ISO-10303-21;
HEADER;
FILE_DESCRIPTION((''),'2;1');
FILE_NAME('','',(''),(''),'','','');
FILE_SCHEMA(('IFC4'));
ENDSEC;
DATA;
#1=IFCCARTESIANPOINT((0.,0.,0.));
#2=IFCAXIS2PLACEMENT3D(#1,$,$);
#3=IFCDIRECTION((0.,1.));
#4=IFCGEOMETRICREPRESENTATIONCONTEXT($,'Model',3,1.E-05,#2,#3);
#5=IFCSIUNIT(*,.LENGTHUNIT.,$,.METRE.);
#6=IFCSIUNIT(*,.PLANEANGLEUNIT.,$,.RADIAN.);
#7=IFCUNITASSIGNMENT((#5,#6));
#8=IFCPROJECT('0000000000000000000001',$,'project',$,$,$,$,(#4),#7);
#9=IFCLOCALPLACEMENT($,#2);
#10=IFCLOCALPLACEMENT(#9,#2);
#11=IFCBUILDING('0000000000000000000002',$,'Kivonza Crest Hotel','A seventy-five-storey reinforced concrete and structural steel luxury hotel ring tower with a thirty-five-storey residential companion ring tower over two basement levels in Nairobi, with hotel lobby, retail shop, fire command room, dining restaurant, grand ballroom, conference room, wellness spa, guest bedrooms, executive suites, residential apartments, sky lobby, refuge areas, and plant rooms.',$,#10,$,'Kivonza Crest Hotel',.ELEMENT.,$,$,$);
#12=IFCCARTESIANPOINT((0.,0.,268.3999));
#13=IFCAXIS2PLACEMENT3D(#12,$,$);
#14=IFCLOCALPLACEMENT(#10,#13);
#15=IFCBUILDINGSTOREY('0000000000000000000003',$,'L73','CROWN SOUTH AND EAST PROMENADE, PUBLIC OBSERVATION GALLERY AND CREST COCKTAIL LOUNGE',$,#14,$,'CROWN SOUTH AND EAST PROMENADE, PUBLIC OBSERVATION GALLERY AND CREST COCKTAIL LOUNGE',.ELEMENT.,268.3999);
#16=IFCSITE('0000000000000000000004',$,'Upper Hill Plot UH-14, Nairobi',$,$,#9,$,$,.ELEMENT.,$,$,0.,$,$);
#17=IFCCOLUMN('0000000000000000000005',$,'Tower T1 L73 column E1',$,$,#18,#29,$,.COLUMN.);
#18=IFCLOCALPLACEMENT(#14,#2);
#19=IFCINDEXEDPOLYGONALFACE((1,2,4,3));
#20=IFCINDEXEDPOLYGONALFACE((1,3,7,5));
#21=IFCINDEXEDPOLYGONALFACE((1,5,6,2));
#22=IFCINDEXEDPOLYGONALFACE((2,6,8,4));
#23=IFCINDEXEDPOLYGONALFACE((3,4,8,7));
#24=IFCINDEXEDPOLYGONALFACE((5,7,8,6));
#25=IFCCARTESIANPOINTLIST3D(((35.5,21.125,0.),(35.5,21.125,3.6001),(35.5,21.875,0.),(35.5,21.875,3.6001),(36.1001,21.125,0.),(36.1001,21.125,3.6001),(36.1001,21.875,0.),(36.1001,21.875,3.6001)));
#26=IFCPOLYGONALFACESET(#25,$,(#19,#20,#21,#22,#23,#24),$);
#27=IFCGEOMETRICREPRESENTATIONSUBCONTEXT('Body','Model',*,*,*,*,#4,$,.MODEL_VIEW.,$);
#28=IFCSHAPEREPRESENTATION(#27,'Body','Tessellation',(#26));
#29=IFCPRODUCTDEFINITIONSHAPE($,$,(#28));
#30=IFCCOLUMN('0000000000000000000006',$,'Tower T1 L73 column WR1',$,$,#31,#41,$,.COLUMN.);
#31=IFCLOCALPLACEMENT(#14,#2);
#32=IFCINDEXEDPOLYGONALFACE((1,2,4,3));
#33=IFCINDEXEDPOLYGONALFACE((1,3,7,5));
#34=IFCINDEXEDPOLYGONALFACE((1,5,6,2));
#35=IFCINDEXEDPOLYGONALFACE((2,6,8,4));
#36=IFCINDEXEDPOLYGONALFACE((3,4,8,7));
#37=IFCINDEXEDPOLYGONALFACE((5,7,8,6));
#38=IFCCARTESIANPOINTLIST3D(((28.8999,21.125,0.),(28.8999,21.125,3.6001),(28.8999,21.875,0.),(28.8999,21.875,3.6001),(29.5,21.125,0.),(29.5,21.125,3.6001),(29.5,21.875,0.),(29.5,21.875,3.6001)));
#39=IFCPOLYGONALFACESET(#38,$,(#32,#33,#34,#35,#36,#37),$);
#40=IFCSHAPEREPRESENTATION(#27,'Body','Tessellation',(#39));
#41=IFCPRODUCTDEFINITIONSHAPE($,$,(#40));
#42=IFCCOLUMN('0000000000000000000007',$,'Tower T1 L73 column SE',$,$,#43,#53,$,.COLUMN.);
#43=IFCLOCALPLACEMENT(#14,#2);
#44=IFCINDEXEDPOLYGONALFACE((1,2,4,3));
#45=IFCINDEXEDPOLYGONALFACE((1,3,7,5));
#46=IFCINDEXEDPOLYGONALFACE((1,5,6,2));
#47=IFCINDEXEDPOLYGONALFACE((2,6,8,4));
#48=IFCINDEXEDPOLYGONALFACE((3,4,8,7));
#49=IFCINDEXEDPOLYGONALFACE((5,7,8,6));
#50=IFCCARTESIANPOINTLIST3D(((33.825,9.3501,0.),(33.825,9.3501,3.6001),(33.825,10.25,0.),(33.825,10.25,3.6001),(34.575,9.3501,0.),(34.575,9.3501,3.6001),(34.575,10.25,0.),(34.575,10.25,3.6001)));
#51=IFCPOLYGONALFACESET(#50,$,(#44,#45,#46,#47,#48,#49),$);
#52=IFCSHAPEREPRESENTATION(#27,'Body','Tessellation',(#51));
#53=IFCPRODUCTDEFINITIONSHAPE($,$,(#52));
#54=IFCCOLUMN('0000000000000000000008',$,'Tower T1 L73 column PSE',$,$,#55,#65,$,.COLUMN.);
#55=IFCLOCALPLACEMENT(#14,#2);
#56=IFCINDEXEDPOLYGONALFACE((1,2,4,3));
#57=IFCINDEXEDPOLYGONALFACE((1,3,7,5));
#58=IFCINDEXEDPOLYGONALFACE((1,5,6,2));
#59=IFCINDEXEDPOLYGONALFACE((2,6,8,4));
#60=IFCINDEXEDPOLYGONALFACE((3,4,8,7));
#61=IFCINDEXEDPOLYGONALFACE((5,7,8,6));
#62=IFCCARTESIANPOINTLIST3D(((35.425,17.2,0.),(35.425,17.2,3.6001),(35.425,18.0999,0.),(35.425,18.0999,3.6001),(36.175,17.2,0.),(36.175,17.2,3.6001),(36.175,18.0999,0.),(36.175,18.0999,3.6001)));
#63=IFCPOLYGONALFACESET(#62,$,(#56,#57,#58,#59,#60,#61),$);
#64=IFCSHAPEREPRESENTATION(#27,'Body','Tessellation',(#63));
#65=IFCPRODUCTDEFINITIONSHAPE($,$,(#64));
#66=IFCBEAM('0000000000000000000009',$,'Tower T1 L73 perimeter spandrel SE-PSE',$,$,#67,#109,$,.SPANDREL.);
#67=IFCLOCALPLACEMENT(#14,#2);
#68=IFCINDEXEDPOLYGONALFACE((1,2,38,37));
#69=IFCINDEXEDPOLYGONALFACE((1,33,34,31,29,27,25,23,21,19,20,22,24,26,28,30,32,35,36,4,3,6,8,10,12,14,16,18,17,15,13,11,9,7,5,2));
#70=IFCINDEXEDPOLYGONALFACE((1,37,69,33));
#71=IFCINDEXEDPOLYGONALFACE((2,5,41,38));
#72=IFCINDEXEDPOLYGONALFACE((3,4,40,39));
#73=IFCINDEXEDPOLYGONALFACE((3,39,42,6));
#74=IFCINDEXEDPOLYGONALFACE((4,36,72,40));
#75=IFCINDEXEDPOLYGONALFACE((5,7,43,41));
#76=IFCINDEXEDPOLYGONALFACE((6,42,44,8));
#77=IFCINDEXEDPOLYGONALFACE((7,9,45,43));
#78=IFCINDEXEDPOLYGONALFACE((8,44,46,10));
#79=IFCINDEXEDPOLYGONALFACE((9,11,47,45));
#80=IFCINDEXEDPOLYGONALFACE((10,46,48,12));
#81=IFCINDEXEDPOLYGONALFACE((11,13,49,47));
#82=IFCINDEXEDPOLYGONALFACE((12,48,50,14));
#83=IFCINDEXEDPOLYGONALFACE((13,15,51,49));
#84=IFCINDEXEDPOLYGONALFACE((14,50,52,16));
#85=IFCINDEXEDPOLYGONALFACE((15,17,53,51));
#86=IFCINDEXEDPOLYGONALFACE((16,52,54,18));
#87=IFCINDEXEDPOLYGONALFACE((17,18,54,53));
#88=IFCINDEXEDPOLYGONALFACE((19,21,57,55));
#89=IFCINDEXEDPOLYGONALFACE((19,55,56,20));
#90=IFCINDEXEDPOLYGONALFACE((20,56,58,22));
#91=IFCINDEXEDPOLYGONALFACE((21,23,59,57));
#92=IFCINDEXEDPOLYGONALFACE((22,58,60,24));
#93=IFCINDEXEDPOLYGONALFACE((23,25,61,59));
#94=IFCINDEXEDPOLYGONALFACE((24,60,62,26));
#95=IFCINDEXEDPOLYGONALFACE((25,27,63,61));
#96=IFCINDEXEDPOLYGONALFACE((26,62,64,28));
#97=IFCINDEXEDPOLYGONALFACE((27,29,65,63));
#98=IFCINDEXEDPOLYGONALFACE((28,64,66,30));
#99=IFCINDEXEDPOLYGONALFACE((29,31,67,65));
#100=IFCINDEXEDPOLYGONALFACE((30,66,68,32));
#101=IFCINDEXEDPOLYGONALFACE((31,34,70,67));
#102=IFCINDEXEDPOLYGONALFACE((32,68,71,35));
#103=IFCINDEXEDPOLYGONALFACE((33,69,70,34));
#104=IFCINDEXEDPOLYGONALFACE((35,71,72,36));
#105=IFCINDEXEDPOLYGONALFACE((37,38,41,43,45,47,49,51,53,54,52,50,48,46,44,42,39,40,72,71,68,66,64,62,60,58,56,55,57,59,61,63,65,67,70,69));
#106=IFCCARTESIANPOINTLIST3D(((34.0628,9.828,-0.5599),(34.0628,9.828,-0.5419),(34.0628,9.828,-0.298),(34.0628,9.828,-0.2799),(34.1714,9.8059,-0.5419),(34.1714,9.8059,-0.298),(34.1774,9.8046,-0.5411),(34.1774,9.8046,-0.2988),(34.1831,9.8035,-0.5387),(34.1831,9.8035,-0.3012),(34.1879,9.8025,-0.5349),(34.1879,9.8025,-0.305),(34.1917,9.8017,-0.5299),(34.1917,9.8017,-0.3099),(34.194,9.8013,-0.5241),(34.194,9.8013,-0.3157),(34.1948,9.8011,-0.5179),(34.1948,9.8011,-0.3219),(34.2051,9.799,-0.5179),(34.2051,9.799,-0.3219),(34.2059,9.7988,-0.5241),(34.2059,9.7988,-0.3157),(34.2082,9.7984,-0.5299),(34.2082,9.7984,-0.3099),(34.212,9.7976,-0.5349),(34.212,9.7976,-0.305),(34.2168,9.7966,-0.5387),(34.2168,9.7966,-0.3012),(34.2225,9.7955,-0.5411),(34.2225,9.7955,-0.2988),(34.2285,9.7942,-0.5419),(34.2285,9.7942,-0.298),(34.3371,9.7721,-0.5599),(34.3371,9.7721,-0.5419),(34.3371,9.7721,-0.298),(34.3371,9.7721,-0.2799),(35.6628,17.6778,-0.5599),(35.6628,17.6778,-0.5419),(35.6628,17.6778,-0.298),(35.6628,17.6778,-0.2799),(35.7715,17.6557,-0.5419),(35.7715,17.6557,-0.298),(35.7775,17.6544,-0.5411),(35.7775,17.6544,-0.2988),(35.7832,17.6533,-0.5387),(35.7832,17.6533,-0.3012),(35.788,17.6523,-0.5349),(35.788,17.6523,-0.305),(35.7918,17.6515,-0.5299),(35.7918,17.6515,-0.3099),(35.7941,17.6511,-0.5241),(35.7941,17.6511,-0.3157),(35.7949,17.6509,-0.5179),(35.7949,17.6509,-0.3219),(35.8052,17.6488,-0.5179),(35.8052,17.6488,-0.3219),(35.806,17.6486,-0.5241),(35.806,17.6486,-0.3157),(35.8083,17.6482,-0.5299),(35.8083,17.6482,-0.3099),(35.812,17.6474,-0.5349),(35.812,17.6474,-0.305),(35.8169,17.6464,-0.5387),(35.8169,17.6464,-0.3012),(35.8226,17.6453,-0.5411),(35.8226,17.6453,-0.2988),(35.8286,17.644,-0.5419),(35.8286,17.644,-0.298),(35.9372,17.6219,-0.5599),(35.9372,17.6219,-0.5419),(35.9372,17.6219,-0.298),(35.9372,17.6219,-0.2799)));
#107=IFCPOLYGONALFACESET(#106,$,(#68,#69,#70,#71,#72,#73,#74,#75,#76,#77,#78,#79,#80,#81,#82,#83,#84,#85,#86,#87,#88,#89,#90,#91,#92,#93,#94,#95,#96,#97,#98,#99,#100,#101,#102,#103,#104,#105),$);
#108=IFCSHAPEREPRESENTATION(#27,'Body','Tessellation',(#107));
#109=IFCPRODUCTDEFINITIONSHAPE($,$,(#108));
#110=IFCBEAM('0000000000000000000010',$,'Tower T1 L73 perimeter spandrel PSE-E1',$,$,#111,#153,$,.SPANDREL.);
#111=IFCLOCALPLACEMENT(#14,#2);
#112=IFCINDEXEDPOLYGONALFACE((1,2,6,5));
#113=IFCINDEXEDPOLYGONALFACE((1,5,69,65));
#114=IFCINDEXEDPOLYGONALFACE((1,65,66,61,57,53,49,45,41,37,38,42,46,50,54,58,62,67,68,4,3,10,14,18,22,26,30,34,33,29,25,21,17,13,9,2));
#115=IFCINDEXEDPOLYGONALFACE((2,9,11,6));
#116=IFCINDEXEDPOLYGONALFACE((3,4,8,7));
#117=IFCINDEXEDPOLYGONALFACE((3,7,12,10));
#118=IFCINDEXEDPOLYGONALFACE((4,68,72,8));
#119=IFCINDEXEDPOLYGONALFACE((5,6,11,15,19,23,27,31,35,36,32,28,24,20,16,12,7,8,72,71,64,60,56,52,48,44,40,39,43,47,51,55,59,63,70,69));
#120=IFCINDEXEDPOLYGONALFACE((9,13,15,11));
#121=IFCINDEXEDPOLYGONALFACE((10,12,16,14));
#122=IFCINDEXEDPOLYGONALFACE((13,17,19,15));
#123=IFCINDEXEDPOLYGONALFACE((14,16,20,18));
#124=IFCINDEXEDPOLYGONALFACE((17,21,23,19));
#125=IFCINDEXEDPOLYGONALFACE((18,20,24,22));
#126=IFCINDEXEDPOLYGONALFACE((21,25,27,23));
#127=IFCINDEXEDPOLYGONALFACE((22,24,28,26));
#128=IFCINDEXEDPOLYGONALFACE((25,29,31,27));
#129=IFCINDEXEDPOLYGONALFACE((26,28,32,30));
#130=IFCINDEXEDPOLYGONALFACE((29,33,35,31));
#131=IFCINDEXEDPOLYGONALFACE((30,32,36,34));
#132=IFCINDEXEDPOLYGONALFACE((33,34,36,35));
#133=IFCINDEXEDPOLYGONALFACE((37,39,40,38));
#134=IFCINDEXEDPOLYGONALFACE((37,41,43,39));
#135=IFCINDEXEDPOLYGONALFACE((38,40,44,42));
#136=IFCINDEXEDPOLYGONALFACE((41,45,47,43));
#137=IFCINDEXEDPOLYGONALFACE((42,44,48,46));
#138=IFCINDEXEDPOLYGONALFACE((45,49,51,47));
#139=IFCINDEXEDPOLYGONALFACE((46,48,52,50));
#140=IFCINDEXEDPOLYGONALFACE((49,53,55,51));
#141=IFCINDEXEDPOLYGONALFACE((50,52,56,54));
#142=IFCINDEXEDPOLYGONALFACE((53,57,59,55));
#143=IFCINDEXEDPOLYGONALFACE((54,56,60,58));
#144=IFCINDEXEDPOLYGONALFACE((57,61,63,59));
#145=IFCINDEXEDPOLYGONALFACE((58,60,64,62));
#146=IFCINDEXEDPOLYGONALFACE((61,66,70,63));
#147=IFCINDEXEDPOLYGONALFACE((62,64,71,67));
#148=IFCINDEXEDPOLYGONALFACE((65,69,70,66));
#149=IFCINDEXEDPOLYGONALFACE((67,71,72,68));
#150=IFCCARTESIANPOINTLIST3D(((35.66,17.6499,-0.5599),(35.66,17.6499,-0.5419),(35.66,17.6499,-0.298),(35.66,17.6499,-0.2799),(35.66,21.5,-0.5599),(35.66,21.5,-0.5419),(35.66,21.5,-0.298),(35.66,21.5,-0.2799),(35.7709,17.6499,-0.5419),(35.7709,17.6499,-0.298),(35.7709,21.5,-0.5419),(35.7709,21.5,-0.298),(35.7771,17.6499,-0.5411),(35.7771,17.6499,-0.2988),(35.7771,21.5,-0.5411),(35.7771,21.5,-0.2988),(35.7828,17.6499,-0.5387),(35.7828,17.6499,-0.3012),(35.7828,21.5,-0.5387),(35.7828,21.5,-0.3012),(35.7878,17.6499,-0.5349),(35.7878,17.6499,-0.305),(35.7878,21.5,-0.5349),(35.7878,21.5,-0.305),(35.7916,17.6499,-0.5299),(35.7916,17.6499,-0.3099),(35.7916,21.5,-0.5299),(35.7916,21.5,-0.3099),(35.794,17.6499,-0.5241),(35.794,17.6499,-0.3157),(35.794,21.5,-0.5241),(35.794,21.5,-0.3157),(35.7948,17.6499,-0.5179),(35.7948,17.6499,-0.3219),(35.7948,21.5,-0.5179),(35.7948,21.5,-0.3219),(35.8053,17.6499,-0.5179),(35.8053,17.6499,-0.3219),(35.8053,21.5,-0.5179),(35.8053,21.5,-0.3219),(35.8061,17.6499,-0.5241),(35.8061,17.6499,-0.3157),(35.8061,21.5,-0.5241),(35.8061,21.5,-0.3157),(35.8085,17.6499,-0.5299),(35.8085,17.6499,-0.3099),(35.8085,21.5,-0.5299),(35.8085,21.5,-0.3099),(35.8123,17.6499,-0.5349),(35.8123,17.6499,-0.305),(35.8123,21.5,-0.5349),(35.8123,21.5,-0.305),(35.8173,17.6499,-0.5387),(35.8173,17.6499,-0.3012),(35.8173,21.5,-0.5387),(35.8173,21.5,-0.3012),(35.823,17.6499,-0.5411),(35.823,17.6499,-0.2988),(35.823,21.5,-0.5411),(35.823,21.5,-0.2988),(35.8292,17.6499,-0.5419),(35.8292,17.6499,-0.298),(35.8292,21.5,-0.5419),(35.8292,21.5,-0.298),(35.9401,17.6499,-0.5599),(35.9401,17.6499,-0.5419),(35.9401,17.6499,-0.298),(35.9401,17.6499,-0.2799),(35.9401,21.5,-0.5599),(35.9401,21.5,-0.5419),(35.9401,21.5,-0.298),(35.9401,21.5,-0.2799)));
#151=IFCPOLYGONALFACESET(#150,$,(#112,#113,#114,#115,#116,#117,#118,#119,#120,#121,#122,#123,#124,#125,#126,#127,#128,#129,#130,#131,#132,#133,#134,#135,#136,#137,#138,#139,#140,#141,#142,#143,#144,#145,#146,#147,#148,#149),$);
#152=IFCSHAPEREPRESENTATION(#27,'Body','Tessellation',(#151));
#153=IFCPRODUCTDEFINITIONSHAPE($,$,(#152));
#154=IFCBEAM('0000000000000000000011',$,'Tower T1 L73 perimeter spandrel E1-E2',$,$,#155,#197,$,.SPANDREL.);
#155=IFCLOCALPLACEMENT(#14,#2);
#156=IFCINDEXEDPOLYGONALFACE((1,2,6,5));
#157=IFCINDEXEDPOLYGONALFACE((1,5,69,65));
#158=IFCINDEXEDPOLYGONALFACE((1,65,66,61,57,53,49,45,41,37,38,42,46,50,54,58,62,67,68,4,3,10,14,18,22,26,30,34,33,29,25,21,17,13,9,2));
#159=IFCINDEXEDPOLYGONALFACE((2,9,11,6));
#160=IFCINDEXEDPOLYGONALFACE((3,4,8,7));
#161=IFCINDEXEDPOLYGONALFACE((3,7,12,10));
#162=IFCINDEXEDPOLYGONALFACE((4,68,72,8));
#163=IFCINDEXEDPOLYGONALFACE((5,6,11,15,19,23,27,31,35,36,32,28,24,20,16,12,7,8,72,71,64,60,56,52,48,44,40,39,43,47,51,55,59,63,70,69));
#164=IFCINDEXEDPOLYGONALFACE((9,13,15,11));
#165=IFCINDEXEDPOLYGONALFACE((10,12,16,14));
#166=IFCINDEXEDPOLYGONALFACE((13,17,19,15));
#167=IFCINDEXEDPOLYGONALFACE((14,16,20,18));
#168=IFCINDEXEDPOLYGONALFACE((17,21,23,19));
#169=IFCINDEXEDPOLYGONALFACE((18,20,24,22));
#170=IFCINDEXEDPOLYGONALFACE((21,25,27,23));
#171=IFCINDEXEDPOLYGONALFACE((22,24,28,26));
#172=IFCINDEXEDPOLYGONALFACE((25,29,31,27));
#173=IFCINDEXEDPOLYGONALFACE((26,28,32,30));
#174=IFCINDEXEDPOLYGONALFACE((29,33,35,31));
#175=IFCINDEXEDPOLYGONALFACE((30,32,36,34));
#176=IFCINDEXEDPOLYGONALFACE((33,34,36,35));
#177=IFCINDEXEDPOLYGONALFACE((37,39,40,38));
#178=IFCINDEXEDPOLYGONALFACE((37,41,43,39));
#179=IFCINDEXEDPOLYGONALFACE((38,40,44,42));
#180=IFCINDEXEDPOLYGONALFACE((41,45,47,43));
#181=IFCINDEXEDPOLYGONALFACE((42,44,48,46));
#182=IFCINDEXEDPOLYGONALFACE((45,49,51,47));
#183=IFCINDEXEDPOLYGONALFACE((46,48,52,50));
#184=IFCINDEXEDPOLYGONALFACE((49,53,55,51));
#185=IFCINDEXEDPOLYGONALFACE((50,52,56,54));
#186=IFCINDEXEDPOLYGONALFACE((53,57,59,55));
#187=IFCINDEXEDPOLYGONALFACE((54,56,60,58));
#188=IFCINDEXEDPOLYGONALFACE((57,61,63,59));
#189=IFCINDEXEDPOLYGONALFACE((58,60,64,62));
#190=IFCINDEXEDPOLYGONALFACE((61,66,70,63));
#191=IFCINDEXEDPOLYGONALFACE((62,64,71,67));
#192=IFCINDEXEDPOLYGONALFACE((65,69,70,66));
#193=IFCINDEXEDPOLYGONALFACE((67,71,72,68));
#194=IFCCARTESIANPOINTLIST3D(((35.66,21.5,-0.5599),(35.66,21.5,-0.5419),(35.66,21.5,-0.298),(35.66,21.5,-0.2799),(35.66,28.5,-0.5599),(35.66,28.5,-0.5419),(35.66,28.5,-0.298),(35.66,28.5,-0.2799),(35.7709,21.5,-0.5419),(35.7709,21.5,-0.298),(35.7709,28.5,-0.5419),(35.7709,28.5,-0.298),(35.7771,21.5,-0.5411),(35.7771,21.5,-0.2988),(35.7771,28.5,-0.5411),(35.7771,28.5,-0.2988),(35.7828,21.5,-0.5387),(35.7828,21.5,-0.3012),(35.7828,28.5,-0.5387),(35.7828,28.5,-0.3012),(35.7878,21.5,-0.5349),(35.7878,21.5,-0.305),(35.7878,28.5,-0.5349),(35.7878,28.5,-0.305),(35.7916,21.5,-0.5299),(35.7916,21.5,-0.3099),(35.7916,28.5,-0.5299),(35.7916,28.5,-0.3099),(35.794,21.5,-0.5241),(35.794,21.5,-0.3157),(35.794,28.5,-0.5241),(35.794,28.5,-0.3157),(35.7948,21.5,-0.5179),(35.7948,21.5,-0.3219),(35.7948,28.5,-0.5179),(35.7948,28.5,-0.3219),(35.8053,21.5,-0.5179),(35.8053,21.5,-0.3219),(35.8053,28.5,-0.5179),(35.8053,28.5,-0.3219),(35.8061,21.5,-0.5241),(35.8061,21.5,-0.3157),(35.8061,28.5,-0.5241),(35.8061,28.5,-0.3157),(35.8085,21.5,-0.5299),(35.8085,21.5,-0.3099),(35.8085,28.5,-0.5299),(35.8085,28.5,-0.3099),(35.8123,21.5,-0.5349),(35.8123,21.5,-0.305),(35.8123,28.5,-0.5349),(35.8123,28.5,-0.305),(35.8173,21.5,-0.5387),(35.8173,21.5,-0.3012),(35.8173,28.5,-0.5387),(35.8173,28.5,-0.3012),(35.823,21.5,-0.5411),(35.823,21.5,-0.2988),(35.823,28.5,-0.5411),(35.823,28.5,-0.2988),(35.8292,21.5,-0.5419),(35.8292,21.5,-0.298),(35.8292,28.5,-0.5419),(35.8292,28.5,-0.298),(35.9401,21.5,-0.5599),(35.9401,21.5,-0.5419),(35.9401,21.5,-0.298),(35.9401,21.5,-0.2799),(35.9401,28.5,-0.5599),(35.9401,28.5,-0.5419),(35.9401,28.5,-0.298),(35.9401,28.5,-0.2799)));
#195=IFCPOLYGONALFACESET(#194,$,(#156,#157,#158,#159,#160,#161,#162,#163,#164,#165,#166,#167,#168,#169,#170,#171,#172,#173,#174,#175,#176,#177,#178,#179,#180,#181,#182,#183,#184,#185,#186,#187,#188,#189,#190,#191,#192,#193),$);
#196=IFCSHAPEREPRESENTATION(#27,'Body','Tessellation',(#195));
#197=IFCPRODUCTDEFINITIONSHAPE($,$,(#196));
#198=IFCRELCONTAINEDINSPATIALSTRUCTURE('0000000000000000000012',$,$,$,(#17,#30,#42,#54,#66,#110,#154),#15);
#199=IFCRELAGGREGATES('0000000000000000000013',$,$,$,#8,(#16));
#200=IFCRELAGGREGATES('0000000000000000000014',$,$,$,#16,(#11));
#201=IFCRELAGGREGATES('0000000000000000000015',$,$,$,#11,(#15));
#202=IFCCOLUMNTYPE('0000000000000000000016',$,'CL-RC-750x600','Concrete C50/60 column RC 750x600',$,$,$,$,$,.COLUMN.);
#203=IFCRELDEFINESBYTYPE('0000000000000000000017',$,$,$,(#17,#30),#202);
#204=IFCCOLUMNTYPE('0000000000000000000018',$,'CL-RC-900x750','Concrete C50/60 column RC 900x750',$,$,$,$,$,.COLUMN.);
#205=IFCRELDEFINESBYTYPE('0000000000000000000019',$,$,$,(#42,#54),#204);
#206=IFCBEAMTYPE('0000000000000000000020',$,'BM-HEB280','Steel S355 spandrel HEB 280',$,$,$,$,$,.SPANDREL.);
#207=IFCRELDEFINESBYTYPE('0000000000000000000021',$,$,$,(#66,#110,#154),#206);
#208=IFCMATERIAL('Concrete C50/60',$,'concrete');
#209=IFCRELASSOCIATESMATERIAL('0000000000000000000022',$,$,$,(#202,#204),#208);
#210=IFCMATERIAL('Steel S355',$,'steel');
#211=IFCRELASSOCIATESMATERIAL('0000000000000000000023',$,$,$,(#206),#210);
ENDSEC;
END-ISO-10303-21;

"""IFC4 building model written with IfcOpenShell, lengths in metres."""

from ifc_helpers import new_model, si_unit, direction, frame, origin, origin_2d, place, context, subcontext, project, spatial, rectangle, i_section, extrude, material, material_profile, profile_set, type_object, element, save


model = new_model("IFC4")

# Units and contexts
model_context = context("Model", 3, precision=1e-05, world=origin(), true_north=direction((0.0, 1.0)))
body_context = subcontext(model_context, "Body", "Model", "MODEL_VIEW")
ifc_project = project(units=[si_unit("LENGTHUNIT", "METRE"), si_unit("PLANEANGLEUNIT", "RADIAN")], contexts=[model_context])

# Site, building, storey
site_placement = place(None, origin())
site = spatial("IfcSite", under=ifc_project, at=site_placement, Name="Upper Hill Plot UH-14, Nairobi", CompositionType="ELEMENT", RefElevation=0.0)
building_placement = place(site_placement, origin())
building = spatial("IfcBuilding", under=site, at=building_placement, Name="Kivonza Crest Hotel", Description="A seventy-five-storey reinforced concrete and structural steel luxury hotel ring tower with a thirty-five-storey residential companion ring tower over two basement levels in Nairobi, with hotel lobby, retail shop, fire command room, dining restaurant, grand ballroom, conference room, wellness spa, guest bedrooms, executive suites, residential apartments, sky lobby, refuge areas, and plant rooms.", LongName="Kivonza Crest Hotel", CompositionType="ELEMENT")
storey_placement = place(building_placement, frame((0.0, 0.0, 268.3999)))
storey = spatial("IfcBuildingStorey", under=building, at=storey_placement, Name="L73", Description="CROWN SOUTH AND EAST PROMENADE, PUBLIC OBSERVATION GALLERY AND CREST COCKTAIL LOUNGE", LongName="CROWN SOUTH AND EAST PROMENADE, PUBLIC OBSERVATION GALLERY AND CREST COCKTAIL LOUNGE", CompositionType="ELEMENT", Elevation=268.3999)

# Columns
ifc_material_1 = material(Name="Concrete C50/60", Category="concrete")
ifc_material_profile_1 = material_profile(ifc_material_1, rectangle(XDim=0.6001, YDim=0.75, at=origin_2d()), Name="RC 750x600")
ifc_profile_set_1 = profile_set([ifc_material_profile_1], Name="Concrete C50/60")
column_type_1 = type_object("IfcColumnType", Name="CL-RC-750x600", Description="Concrete C50/60 column RC 750x600", PredefinedType="COLUMN", material=ifc_profile_set_1)
for number, where, z_axis, x_axis, name in (
    (1, (35.8, 21.5, 0.0), (0.0, 0.0, 1.0), (1.0, 0.0, 0.0), "Tower T1 L73 column E1"),
    (2, (29.2, 21.5, 0.0), (0.0, 0.0, 1.0), (1.0, 0.0, 0.0), "Tower T1 L73 column WR1"),
):
    element("IfcColumn", number, at=place(storey_placement, frame(where, z_axis=z_axis, x_axis=x_axis)), inside=storey, type_object=column_type_1, Name=name, PredefinedType="COLUMN", context=body_context, shape_type="SweptSolid", body=[
        extrude(rectangle(XDim=0.6001, YDim=0.75, at=origin_2d()), origin(), (0.0, 0.0, 1.0), 3.6001),
    ])
ifc_material_profile_2 = material_profile(ifc_material_1, rectangle(XDim=0.75, YDim=0.8999, at=origin_2d()), Name="RC 900x750")
ifc_profile_set_2 = profile_set([ifc_material_profile_2], Name="Concrete C50/60")
column_type_2 = type_object("IfcColumnType", Name="CL-RC-900x750", Description="Concrete C50/60 column RC 900x750", PredefinedType="COLUMN", material=ifc_profile_set_2)
for number, where, z_axis, x_axis, name in (
    (3, (34.2, 9.8, 0.0), (0.0, 0.0, 1.0), (1.0, 0.0, 0.0), "Tower T1 L73 column SE"),
    (4, (35.8, 17.6499, 0.0), (0.0, 0.0, 1.0), (1.0, 0.0, 0.0), "Tower T1 L73 column PSE"),
):
    element("IfcColumn", number, at=place(storey_placement, frame(where, z_axis=z_axis, x_axis=x_axis)), inside=storey, type_object=column_type_2, Name=name, PredefinedType="COLUMN", context=body_context, shape_type="SweptSolid", body=[
        extrude(rectangle(XDim=0.75, YDim=0.8999, at=origin_2d()), origin(), (0.0, 0.0, 1.0), 3.6001),
    ])

# Beams
ifc_material_2 = material(Name="Steel S355", Category="steel")
ifc_material_profile_3 = material_profile(ifc_material_2, i_section(OverallWidth=0.28, OverallDepth=0.28, WebThickness=0.0105, FlangeThickness=0.0181, FilletRadius=0.0239, at=origin_2d()), Name="HEB 280")
ifc_profile_set_3 = profile_set([ifc_material_profile_3], Name="Steel S355")
beam_type_1 = type_object("IfcBeamType", Name="BM-HEB280", Description="Steel S355 spandrel HEB 280", PredefinedType="SPANDREL", material=ifc_profile_set_3)
beam_1_placement = place(storey_placement, frame((34.2, 9.8, -0.4199), z_axis=(0.199731, 0.979851, 0.0), x_axis=(-0.979851, 0.199731, 0.0)))
element("IfcBeam", 5, at=beam_1_placement, inside=storey, type_object=beam_type_1, Name="Tower T1 L73 perimeter spandrel SE-PSE", PredefinedType="SPANDREL", context=body_context, shape_type="SweptSolid", body=[
    extrude(i_section(OverallWidth=0.28, OverallDepth=0.28, WebThickness=0.0105, FlangeThickness=0.0181, FilletRadius=0.0239, at=origin_2d()), origin(), (0.0, 0.0, 1.0), 8.0112),
])
beam_2_placement = place(storey_placement, frame((35.8, 17.6499, -0.4199), z_axis=(0.0, 1.0, 0.0), x_axis=(-1.0, 0.0, 0.0)))
element("IfcBeam", 6, at=beam_2_placement, inside=storey, type_object=beam_type_1, Name="Tower T1 L73 perimeter spandrel PSE-E1", PredefinedType="SPANDREL", context=body_context, shape_type="SweptSolid", body=[
    extrude(i_section(OverallWidth=0.28, OverallDepth=0.28, WebThickness=0.0105, FlangeThickness=0.0181, FilletRadius=0.0239, at=origin_2d()), origin(), (0.0, 0.0, 1.0), 3.8501),
])
beam_3_placement = place(storey_placement, frame((35.8, 21.5, -0.4199), z_axis=(0.0, 1.0, 0.0), x_axis=(-1.0, 0.0, 0.0)))
element("IfcBeam", 7, at=beam_3_placement, inside=storey, type_object=beam_type_1, Name="Tower T1 L73 perimeter spandrel E1-E2", PredefinedType="SPANDREL", context=body_context, shape_type="SweptSolid", body=[
    extrude(i_section(OverallWidth=0.28, OverallDepth=0.28, WebThickness=0.0105, FlangeThickness=0.0181, FilletRadius=0.0239, at=origin_2d()), origin(), (0.0, 0.0, 1.0), 7.0),
])

save(model, "model.ifc")
